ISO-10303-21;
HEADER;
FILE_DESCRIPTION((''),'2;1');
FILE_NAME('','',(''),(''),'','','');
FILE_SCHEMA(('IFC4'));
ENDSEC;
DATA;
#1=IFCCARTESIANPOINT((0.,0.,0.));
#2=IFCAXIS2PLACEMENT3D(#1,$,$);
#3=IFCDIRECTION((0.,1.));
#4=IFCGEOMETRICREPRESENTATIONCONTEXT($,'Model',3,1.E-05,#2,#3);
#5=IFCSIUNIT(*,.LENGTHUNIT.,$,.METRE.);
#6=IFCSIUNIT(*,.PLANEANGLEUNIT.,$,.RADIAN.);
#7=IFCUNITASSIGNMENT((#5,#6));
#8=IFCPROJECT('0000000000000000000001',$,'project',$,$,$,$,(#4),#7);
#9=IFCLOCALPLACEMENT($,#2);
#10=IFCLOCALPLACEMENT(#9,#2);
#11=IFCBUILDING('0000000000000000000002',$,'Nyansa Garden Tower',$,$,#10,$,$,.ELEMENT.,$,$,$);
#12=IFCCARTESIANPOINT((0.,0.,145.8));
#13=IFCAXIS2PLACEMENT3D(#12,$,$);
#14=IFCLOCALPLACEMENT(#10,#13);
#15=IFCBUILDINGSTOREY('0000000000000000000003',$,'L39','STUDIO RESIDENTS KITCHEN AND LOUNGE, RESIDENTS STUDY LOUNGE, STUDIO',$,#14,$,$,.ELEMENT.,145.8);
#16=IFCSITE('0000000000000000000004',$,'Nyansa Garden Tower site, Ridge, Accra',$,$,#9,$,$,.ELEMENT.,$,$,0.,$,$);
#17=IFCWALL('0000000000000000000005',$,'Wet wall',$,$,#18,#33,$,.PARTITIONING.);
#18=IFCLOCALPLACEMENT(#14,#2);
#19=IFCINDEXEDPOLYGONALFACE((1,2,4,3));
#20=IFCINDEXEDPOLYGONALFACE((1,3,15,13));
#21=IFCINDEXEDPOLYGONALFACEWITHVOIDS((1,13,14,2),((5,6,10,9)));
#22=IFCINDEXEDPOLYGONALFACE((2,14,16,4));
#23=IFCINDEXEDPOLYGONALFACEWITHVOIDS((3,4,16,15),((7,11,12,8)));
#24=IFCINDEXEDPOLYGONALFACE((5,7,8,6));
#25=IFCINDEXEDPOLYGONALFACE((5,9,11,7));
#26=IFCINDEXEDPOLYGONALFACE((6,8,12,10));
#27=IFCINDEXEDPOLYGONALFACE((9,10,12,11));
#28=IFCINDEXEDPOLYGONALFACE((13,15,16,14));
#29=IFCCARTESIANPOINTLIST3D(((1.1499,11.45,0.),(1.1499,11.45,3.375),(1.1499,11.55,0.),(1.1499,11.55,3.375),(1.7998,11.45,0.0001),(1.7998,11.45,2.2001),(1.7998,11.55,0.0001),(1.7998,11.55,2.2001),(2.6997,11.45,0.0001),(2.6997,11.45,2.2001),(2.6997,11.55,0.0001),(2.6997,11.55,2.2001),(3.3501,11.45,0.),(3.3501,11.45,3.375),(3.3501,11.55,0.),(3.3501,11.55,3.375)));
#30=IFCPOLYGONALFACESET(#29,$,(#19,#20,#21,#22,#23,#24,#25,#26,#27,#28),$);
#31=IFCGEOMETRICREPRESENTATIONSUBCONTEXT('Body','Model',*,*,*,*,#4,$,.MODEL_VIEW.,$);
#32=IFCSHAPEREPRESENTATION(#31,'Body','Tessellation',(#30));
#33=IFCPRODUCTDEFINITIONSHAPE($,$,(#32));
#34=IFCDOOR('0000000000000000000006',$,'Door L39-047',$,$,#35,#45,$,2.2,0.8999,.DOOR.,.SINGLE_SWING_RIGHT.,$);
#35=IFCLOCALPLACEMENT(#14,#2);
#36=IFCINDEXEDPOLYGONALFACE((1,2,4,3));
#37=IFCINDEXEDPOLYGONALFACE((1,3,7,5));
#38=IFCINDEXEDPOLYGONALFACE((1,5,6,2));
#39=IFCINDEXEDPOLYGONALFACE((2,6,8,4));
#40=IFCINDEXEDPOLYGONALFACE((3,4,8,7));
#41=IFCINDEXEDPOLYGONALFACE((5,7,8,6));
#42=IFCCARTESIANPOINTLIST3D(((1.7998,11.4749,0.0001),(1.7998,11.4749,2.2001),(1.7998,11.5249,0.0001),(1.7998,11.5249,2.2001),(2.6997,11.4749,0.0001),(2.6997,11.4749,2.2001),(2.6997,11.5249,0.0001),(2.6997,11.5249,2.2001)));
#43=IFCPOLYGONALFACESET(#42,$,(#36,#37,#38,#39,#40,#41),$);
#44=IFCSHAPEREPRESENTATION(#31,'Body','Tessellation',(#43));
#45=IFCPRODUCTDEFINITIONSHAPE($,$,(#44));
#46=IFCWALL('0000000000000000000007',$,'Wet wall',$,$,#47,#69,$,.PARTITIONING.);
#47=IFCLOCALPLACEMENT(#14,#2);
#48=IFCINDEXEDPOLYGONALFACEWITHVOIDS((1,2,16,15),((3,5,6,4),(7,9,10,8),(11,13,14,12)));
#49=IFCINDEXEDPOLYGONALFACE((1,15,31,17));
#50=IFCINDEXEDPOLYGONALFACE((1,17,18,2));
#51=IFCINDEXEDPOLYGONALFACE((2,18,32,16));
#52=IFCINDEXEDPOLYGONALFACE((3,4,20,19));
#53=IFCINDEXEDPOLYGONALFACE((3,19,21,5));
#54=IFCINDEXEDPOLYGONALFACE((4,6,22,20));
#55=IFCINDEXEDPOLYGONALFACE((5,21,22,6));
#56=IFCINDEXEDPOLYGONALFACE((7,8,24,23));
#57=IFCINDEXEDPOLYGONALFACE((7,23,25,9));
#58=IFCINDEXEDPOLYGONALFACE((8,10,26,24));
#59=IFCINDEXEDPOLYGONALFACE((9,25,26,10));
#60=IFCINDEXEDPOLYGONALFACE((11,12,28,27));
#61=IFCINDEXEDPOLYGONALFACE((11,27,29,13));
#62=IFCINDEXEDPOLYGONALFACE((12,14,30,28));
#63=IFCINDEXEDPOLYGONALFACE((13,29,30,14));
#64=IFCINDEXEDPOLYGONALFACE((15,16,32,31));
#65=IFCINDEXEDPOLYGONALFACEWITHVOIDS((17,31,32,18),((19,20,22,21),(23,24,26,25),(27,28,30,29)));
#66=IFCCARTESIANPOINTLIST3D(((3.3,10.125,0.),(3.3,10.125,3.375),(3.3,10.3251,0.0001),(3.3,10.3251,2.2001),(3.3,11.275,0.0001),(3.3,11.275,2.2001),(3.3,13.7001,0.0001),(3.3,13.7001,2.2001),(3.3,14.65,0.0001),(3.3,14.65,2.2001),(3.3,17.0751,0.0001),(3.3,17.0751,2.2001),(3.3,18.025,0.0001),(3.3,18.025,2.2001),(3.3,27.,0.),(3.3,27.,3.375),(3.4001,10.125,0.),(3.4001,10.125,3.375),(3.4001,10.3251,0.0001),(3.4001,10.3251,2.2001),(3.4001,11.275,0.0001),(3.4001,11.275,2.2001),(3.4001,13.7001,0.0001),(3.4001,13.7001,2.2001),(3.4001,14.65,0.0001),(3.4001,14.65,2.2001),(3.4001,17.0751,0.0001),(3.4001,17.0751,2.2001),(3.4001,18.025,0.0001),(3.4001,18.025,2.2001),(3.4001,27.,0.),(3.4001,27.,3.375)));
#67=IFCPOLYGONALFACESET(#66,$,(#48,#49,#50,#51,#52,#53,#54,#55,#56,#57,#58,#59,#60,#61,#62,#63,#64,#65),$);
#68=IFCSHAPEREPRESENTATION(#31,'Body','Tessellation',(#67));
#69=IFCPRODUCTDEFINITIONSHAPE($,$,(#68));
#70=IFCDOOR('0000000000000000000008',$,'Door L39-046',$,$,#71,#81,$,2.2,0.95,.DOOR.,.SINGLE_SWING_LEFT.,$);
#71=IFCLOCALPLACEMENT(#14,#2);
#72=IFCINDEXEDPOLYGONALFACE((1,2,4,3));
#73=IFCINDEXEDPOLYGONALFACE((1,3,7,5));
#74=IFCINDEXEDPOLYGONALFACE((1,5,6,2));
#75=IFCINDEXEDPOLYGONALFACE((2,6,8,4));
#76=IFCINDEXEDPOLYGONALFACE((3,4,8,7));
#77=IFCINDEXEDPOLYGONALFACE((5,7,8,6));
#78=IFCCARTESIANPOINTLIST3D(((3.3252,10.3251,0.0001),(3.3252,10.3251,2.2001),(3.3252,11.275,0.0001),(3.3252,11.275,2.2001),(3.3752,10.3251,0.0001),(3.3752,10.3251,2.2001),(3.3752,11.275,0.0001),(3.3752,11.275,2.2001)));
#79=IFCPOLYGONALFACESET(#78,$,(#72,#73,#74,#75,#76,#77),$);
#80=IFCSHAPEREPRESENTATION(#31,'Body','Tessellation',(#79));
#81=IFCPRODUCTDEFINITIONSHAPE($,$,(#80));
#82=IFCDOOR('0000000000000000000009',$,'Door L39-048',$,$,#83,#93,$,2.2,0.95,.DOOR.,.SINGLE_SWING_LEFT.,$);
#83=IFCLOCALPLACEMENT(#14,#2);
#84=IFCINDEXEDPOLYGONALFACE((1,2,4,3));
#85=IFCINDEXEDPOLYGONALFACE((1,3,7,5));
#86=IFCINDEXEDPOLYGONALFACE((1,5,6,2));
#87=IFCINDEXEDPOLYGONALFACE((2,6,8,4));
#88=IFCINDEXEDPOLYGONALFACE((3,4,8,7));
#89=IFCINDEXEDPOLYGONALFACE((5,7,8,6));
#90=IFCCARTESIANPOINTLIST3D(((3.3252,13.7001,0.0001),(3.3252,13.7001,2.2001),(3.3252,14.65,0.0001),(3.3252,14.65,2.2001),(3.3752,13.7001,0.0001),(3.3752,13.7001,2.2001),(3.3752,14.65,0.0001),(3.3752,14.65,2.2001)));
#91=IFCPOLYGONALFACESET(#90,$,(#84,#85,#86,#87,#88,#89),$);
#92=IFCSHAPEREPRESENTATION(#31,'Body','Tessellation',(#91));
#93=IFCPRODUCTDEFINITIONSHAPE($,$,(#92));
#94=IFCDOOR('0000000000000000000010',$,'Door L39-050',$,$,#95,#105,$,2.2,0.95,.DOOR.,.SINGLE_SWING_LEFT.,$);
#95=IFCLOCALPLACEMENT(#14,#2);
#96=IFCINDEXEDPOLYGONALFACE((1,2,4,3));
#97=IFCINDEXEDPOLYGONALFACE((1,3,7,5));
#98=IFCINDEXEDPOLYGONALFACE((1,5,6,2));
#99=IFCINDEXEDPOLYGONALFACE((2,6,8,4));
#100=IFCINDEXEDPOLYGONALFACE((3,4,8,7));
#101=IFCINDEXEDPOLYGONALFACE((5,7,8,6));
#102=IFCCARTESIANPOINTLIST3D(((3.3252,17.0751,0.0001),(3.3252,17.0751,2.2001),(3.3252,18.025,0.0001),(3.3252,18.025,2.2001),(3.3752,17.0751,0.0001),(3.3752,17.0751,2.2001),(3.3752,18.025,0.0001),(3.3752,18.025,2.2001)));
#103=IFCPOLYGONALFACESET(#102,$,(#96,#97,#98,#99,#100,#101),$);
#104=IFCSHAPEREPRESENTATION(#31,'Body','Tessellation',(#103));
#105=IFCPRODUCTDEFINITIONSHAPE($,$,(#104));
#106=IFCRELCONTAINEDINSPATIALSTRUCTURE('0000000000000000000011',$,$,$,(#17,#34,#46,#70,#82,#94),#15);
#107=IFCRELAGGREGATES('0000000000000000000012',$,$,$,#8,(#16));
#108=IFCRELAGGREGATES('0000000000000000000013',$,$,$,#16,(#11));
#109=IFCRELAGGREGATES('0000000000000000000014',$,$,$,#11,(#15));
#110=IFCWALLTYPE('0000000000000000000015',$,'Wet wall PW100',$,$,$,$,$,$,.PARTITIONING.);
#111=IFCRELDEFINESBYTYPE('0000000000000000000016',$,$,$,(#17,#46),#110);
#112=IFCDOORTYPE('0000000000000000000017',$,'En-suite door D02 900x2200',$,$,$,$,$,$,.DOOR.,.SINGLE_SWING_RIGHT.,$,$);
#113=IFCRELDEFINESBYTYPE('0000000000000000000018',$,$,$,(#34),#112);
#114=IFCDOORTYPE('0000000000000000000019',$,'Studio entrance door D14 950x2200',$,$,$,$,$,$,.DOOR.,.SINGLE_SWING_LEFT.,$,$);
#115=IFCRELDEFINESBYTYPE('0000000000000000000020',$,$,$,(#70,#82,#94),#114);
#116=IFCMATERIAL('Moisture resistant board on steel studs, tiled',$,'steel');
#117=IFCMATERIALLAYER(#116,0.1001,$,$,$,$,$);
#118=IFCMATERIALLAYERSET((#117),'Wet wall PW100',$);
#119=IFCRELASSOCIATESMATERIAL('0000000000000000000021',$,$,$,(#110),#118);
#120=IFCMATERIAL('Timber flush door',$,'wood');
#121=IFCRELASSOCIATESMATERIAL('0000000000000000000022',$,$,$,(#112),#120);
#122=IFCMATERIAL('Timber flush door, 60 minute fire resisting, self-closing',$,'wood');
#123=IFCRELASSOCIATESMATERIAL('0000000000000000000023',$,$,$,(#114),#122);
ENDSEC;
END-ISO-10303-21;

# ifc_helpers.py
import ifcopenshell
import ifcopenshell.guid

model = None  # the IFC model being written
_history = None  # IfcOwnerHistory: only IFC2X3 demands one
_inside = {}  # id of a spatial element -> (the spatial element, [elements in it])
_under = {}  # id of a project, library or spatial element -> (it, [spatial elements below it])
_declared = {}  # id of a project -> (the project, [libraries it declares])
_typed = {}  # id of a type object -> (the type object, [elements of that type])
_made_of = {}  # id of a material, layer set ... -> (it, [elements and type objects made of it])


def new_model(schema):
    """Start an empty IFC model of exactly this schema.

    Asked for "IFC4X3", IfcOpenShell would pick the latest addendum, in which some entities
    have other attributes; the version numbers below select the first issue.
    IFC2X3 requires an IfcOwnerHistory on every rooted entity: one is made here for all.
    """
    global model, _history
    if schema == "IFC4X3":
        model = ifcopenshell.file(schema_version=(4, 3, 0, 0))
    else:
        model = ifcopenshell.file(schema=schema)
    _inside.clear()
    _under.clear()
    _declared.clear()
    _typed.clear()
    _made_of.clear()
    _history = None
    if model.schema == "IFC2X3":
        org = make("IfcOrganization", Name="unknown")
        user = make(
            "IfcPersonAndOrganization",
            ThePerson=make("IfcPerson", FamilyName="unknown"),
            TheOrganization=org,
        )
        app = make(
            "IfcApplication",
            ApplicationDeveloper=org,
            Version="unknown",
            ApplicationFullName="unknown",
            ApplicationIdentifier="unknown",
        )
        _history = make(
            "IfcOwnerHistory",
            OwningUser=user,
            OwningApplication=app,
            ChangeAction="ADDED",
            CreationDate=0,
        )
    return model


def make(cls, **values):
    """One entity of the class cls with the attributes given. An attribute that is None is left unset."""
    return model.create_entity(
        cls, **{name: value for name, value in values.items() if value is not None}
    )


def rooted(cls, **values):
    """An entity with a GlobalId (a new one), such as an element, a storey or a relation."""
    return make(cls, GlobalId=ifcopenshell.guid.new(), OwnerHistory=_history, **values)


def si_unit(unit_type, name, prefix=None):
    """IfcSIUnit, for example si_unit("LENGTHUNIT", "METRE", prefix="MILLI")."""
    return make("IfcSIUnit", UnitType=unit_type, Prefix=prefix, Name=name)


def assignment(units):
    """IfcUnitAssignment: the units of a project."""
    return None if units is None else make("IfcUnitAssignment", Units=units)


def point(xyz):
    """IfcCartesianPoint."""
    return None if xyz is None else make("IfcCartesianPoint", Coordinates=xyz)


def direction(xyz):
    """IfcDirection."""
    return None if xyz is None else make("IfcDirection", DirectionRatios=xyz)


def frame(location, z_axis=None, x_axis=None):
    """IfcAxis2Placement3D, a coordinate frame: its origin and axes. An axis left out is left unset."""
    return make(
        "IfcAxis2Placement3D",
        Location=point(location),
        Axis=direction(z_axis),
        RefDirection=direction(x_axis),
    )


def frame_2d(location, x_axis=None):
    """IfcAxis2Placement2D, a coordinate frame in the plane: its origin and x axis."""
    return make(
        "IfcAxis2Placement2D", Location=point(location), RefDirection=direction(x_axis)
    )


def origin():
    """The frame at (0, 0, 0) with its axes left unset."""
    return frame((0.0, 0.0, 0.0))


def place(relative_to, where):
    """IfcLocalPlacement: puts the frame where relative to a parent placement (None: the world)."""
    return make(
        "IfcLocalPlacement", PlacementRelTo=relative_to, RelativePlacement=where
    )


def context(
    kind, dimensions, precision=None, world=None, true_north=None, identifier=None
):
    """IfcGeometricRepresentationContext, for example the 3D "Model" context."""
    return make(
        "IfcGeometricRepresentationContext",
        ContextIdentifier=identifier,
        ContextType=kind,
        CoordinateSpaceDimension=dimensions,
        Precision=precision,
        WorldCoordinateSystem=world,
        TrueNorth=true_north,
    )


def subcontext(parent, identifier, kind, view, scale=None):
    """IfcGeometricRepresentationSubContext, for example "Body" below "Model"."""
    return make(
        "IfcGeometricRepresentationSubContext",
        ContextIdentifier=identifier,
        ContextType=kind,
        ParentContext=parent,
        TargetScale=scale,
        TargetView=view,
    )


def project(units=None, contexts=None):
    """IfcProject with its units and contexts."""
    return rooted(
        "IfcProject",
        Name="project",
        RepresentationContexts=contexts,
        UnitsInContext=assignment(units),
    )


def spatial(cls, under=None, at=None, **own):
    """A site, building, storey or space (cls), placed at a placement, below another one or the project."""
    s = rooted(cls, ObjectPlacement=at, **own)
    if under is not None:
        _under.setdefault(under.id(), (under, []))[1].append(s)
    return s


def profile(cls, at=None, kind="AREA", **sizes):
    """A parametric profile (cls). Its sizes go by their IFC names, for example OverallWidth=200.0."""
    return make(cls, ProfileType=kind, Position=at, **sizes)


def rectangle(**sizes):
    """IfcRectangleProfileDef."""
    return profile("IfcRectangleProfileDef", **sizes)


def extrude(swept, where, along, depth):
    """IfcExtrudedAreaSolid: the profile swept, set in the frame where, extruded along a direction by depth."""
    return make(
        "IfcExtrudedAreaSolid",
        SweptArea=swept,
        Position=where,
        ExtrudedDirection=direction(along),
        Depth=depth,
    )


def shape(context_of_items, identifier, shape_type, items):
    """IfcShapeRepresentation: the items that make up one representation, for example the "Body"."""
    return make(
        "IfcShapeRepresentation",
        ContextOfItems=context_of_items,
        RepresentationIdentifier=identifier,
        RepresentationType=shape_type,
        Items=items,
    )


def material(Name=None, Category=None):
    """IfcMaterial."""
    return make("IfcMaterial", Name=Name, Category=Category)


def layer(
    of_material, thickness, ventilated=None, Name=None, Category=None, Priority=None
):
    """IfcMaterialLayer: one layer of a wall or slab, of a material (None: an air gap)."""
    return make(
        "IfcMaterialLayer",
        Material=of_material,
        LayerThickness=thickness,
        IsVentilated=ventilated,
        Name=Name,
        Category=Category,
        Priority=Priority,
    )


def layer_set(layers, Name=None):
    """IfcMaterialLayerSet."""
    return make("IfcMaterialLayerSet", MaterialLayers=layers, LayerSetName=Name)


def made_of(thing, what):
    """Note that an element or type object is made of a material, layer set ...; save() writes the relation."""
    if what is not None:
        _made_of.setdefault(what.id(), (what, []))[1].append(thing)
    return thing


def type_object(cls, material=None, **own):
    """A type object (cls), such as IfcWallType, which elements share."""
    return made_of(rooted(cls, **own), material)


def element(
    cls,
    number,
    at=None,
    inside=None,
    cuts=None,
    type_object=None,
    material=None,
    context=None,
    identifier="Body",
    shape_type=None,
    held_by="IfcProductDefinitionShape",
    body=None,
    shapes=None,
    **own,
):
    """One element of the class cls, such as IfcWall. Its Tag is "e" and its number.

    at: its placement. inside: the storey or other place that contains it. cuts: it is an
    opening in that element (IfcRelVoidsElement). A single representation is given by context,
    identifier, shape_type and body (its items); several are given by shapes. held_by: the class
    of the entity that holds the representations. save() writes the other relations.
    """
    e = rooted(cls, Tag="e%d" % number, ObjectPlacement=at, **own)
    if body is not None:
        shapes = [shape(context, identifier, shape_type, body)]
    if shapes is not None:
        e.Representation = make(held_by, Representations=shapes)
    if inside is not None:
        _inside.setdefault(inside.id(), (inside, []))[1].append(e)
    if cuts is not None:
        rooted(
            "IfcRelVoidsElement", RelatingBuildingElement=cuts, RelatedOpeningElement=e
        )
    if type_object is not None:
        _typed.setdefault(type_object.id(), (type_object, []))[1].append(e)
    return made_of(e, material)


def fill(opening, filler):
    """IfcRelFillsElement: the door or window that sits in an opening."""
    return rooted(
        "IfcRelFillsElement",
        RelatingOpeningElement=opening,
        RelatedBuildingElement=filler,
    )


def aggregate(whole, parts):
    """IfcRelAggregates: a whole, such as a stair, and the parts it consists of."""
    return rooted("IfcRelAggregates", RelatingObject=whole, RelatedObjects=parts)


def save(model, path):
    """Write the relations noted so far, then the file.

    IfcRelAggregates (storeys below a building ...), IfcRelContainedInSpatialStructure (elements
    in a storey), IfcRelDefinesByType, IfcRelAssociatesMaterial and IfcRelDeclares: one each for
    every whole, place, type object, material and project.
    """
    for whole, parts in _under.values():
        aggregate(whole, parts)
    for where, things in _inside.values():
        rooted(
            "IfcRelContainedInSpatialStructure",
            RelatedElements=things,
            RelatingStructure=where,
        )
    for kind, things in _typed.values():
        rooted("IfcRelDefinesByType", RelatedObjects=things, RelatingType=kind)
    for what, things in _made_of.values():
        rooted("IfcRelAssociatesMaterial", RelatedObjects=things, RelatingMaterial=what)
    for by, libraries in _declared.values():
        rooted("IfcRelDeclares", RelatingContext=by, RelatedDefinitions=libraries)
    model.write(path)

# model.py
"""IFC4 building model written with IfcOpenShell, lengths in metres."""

from ifc_helpers import new_model, si_unit, direction, frame, frame_2d, origin, place, context, subcontext, project, spatial, rectangle, extrude, material, layer, layer_set, type_object, element, fill, save


model = new_model("IFC4")

# Units and contexts
model_context = context("Model", 3, precision=1e-05, world=origin(), true_north=direction((0.0, 1.0)))
body_context = subcontext(model_context, "Body", "Model", "MODEL_VIEW")
ifc_project = project(units=[si_unit("LENGTHUNIT", "METRE"), si_unit("PLANEANGLEUNIT", "RADIAN")], contexts=[model_context])

# Site, building, storey
site_placement = place(None, origin())
site = spatial("IfcSite", under=ifc_project, at=site_placement, Name="Nyansa Garden Tower site, Ridge, Accra", CompositionType="ELEMENT", RefElevation=0.0)
building_placement = place(site_placement, origin())
building = spatial("IfcBuilding", under=site, at=building_placement, Name="Nyansa Garden Tower", CompositionType="ELEMENT")
storey_placement = place(building_placement, frame((0.0, 0.0, 145.8)))
storey = spatial("IfcBuildingStorey", under=building, at=storey_placement, Name="L39", Description="STUDIO RESIDENTS KITCHEN AND LOUNGE, RESIDENTS STUDY LOUNGE, STUDIO", CompositionType="ELEMENT", Elevation=145.8)

# Shared definitions
ifc_material_1 = material(Name="Moisture resistant board on steel studs, tiled", Category="steel")
ifc_layer_1 = layer(ifc_material_1, 0.1001)
ifc_layer_set_1 = layer_set([ifc_layer_1], Name="Wet wall PW100")
wall_type_1 = type_object("IfcWallType", Name="Wet wall PW100", PredefinedType="PARTITIONING", material=ifc_layer_set_1)

# Wall, opening, door
wall_1_placement = place(storey_placement, frame((1.1499, 11.5, 0.0), z_axis=(0.0, 0.0, 1.0), x_axis=(1.0, 0.0, 0.0)))
wall_1 = element("IfcWall", 1, at=wall_1_placement, inside=storey, type_object=wall_type_1, Name="Wet wall", PredefinedType="PARTITIONING", context=body_context, shape_type="SweptSolid", body=[
    extrude(rectangle(XDim=2.2002, YDim=0.1001, at=frame_2d((1.1001, 0.0))), origin(), (0.0, 0.0, 1.0), 3.375),
])
opening_1_placement = place(wall_1_placement, frame((0.6499, 0.0, 0.0)))
opening_1 = element("IfcOpeningElement", 2, at=opening_1_placement, cuts=wall_1, PredefinedType="OPENING", context=body_context, shape_type="SweptSolid", body=[
    extrude(rectangle(XDim=0.8999, YDim=2.2, at=frame_2d((0.45, 1.1001))), frame((0.0, 0.0601, 0.0), z_axis=(0.0, -1.0, 0.0), x_axis=(1.0, 0.0, 0.0)), (0.0, 0.0, 1.0), 0.1201),
])
ifc_material_2 = material(Name="Timber flush door", Category="wood")
door_type_1 = type_object("IfcDoorType", Name="En-suite door D02 900x2200", OperationType="SINGLE_SWING_RIGHT", PredefinedType="DOOR", material=ifc_material_2)
door_1_placement = place(opening_1_placement, origin())
door_1 = element("IfcDoor", 3, at=door_1_placement, inside=storey, type_object=door_type_1, Name="Door L39-047", OperationType="SINGLE_SWING_RIGHT", OverallHeight=2.2, OverallWidth=0.8999, PredefinedType="DOOR", context=body_context, shape_type="SweptSolid", body=[
    extrude(rectangle(XDim=0.8999, YDim=2.2, at=frame_2d((0.45, 1.1001))), frame((0.0, 0.0249, 0.0), z_axis=(0.0, -1.0, 0.0), x_axis=(1.0, 0.0, 0.0)), (0.0, 0.0, 1.0), 0.05),
])
fill(opening_1, door_1)

# Wall, openings, doors
wall_2_placement = place(storey_placement, frame((3.3501, 10.125, 0.0), z_axis=(0.0, 0.0, 1.0), x_axis=(0.0, 1.0, 0.0)))
wall_2 = element("IfcWall", 4, at=wall_2_placement, inside=storey, type_object=wall_type_1, Name="Wet wall", PredefinedType="PARTITIONING", context=body_context, shape_type="SweptSolid", body=[
    extrude(rectangle(XDim=16.875, YDim=0.1001, at=frame_2d((8.4375, 0.0))), origin(), (0.0, 0.0, 1.0), 3.375),
])
opening_2_placement = place(wall_2_placement, frame((0.2, 0.0, 0.0)))
opening_2 = element("IfcOpeningElement", 5, at=opening_2_placement, cuts=wall_2, PredefinedType="OPENING", context=body_context, shape_type="SweptSolid", body=[
    extrude(rectangle(XDim=0.95, YDim=2.2, at=frame_2d((0.4751, 1.1001))), frame((0.0, 0.0601, 0.0), z_axis=(0.0, -1.0, 0.0), x_axis=(1.0, 0.0, 0.0)), (0.0, 0.0, 1.0), 0.1201),
])
opening_3_placement = place(wall_2_placement, frame((3.575, 0.0, 0.0)))
opening_3 = element("IfcOpeningElement", 6, at=opening_3_placement, cuts=wall_2, PredefinedType="OPENING", context=body_context, shape_type="SweptSolid", body=[
    extrude(rectangle(XDim=0.95, YDim=2.2, at=frame_2d((0.4751, 1.1001))), frame((0.0, 0.0601, 0.0), z_axis=(0.0, -1.0, 0.0), x_axis=(1.0, 0.0, 0.0)), (0.0, 0.0, 1.0), 0.1201),
])
opening_4_placement = place(wall_2_placement, frame((6.95, 0.0, 0.0)))
opening_4 = element("IfcOpeningElement", 7, at=opening_4_placement, cuts=wall_2, PredefinedType="OPENING", context=body_context, shape_type="SweptSolid", body=[
    extrude(rectangle(XDim=0.95, YDim=2.2, at=frame_2d((0.4751, 1.1001))), frame((0.0, 0.0601, 0.0), z_axis=(0.0, -1.0, 0.0), x_axis=(1.0, 0.0, 0.0)), (0.0, 0.0, 1.0), 0.1201),
])
ifc_material_3 = material(Name="Timber flush door, 60 minute fire resisting, self-closing", Category="wood")
door_type_2 = type_object("IfcDoorType", Name="Studio entrance door D14 950x2200", OperationType="SINGLE_SWING_LEFT", PredefinedType="DOOR", material=ifc_material_3)
door_2_placement = place(opening_2_placement, origin())
door_2 = element("IfcDoor", 8, at=door_2_placement, inside=storey, type_object=door_type_2, Name="Door L39-046", OperationType="SINGLE_SWING_LEFT", OverallHeight=2.2, OverallWidth=0.95, PredefinedType="DOOR", context=body_context, shape_type="SweptSolid", body=[
    extrude(rectangle(XDim=0.95, YDim=2.2, at=frame_2d((0.4751, 1.1001))), frame((0.0, 0.0249, 0.0), z_axis=(0.0, -1.0, 0.0), x_axis=(1.0, 0.0, 0.0)), (0.0, 0.0, 1.0), 0.05),
])
fill(opening_2, door_2)
door_3_placement = place(opening_3_placement, origin())
door_3 = element("IfcDoor", 9, at=door_3_placement, inside=storey, type_object=door_type_2, Name="Door L39-048", OperationType="SINGLE_SWING_LEFT", OverallHeight=2.2, OverallWidth=0.95, PredefinedType="DOOR", context=body_context, shape_type="SweptSolid", body=[
    extrude(rectangle(XDim=0.95, YDim=2.2, at=frame_2d((0.4751, 1.1001))), frame((0.0, 0.0249, 0.0), z_axis=(0.0, -1.0, 0.0), x_axis=(1.0, 0.0, 0.0)), (0.0, 0.0, 1.0), 0.05),
])
fill(opening_3, door_3)
door_4_placement = place(opening_4_placement, origin())
door_4 = element("IfcDoor", 10, at=door_4_placement, inside=storey, type_object=door_type_2, Name="Door L39-050", OperationType="SINGLE_SWING_LEFT", OverallHeight=2.2, OverallWidth=0.95, PredefinedType="DOOR", context=body_context, shape_type="SweptSolid", body=[
    extrude(rectangle(XDim=0.95, YDim=2.2, at=frame_2d((0.4751, 1.1001))), frame((0.0, 0.0249, 0.0), z_axis=(0.0, -1.0, 0.0), x_axis=(1.0, 0.0, 0.0)), (0.0, 0.0, 1.0), 0.05),
])
fill(opening_4, door_4)

save(model, "model.ifc")
